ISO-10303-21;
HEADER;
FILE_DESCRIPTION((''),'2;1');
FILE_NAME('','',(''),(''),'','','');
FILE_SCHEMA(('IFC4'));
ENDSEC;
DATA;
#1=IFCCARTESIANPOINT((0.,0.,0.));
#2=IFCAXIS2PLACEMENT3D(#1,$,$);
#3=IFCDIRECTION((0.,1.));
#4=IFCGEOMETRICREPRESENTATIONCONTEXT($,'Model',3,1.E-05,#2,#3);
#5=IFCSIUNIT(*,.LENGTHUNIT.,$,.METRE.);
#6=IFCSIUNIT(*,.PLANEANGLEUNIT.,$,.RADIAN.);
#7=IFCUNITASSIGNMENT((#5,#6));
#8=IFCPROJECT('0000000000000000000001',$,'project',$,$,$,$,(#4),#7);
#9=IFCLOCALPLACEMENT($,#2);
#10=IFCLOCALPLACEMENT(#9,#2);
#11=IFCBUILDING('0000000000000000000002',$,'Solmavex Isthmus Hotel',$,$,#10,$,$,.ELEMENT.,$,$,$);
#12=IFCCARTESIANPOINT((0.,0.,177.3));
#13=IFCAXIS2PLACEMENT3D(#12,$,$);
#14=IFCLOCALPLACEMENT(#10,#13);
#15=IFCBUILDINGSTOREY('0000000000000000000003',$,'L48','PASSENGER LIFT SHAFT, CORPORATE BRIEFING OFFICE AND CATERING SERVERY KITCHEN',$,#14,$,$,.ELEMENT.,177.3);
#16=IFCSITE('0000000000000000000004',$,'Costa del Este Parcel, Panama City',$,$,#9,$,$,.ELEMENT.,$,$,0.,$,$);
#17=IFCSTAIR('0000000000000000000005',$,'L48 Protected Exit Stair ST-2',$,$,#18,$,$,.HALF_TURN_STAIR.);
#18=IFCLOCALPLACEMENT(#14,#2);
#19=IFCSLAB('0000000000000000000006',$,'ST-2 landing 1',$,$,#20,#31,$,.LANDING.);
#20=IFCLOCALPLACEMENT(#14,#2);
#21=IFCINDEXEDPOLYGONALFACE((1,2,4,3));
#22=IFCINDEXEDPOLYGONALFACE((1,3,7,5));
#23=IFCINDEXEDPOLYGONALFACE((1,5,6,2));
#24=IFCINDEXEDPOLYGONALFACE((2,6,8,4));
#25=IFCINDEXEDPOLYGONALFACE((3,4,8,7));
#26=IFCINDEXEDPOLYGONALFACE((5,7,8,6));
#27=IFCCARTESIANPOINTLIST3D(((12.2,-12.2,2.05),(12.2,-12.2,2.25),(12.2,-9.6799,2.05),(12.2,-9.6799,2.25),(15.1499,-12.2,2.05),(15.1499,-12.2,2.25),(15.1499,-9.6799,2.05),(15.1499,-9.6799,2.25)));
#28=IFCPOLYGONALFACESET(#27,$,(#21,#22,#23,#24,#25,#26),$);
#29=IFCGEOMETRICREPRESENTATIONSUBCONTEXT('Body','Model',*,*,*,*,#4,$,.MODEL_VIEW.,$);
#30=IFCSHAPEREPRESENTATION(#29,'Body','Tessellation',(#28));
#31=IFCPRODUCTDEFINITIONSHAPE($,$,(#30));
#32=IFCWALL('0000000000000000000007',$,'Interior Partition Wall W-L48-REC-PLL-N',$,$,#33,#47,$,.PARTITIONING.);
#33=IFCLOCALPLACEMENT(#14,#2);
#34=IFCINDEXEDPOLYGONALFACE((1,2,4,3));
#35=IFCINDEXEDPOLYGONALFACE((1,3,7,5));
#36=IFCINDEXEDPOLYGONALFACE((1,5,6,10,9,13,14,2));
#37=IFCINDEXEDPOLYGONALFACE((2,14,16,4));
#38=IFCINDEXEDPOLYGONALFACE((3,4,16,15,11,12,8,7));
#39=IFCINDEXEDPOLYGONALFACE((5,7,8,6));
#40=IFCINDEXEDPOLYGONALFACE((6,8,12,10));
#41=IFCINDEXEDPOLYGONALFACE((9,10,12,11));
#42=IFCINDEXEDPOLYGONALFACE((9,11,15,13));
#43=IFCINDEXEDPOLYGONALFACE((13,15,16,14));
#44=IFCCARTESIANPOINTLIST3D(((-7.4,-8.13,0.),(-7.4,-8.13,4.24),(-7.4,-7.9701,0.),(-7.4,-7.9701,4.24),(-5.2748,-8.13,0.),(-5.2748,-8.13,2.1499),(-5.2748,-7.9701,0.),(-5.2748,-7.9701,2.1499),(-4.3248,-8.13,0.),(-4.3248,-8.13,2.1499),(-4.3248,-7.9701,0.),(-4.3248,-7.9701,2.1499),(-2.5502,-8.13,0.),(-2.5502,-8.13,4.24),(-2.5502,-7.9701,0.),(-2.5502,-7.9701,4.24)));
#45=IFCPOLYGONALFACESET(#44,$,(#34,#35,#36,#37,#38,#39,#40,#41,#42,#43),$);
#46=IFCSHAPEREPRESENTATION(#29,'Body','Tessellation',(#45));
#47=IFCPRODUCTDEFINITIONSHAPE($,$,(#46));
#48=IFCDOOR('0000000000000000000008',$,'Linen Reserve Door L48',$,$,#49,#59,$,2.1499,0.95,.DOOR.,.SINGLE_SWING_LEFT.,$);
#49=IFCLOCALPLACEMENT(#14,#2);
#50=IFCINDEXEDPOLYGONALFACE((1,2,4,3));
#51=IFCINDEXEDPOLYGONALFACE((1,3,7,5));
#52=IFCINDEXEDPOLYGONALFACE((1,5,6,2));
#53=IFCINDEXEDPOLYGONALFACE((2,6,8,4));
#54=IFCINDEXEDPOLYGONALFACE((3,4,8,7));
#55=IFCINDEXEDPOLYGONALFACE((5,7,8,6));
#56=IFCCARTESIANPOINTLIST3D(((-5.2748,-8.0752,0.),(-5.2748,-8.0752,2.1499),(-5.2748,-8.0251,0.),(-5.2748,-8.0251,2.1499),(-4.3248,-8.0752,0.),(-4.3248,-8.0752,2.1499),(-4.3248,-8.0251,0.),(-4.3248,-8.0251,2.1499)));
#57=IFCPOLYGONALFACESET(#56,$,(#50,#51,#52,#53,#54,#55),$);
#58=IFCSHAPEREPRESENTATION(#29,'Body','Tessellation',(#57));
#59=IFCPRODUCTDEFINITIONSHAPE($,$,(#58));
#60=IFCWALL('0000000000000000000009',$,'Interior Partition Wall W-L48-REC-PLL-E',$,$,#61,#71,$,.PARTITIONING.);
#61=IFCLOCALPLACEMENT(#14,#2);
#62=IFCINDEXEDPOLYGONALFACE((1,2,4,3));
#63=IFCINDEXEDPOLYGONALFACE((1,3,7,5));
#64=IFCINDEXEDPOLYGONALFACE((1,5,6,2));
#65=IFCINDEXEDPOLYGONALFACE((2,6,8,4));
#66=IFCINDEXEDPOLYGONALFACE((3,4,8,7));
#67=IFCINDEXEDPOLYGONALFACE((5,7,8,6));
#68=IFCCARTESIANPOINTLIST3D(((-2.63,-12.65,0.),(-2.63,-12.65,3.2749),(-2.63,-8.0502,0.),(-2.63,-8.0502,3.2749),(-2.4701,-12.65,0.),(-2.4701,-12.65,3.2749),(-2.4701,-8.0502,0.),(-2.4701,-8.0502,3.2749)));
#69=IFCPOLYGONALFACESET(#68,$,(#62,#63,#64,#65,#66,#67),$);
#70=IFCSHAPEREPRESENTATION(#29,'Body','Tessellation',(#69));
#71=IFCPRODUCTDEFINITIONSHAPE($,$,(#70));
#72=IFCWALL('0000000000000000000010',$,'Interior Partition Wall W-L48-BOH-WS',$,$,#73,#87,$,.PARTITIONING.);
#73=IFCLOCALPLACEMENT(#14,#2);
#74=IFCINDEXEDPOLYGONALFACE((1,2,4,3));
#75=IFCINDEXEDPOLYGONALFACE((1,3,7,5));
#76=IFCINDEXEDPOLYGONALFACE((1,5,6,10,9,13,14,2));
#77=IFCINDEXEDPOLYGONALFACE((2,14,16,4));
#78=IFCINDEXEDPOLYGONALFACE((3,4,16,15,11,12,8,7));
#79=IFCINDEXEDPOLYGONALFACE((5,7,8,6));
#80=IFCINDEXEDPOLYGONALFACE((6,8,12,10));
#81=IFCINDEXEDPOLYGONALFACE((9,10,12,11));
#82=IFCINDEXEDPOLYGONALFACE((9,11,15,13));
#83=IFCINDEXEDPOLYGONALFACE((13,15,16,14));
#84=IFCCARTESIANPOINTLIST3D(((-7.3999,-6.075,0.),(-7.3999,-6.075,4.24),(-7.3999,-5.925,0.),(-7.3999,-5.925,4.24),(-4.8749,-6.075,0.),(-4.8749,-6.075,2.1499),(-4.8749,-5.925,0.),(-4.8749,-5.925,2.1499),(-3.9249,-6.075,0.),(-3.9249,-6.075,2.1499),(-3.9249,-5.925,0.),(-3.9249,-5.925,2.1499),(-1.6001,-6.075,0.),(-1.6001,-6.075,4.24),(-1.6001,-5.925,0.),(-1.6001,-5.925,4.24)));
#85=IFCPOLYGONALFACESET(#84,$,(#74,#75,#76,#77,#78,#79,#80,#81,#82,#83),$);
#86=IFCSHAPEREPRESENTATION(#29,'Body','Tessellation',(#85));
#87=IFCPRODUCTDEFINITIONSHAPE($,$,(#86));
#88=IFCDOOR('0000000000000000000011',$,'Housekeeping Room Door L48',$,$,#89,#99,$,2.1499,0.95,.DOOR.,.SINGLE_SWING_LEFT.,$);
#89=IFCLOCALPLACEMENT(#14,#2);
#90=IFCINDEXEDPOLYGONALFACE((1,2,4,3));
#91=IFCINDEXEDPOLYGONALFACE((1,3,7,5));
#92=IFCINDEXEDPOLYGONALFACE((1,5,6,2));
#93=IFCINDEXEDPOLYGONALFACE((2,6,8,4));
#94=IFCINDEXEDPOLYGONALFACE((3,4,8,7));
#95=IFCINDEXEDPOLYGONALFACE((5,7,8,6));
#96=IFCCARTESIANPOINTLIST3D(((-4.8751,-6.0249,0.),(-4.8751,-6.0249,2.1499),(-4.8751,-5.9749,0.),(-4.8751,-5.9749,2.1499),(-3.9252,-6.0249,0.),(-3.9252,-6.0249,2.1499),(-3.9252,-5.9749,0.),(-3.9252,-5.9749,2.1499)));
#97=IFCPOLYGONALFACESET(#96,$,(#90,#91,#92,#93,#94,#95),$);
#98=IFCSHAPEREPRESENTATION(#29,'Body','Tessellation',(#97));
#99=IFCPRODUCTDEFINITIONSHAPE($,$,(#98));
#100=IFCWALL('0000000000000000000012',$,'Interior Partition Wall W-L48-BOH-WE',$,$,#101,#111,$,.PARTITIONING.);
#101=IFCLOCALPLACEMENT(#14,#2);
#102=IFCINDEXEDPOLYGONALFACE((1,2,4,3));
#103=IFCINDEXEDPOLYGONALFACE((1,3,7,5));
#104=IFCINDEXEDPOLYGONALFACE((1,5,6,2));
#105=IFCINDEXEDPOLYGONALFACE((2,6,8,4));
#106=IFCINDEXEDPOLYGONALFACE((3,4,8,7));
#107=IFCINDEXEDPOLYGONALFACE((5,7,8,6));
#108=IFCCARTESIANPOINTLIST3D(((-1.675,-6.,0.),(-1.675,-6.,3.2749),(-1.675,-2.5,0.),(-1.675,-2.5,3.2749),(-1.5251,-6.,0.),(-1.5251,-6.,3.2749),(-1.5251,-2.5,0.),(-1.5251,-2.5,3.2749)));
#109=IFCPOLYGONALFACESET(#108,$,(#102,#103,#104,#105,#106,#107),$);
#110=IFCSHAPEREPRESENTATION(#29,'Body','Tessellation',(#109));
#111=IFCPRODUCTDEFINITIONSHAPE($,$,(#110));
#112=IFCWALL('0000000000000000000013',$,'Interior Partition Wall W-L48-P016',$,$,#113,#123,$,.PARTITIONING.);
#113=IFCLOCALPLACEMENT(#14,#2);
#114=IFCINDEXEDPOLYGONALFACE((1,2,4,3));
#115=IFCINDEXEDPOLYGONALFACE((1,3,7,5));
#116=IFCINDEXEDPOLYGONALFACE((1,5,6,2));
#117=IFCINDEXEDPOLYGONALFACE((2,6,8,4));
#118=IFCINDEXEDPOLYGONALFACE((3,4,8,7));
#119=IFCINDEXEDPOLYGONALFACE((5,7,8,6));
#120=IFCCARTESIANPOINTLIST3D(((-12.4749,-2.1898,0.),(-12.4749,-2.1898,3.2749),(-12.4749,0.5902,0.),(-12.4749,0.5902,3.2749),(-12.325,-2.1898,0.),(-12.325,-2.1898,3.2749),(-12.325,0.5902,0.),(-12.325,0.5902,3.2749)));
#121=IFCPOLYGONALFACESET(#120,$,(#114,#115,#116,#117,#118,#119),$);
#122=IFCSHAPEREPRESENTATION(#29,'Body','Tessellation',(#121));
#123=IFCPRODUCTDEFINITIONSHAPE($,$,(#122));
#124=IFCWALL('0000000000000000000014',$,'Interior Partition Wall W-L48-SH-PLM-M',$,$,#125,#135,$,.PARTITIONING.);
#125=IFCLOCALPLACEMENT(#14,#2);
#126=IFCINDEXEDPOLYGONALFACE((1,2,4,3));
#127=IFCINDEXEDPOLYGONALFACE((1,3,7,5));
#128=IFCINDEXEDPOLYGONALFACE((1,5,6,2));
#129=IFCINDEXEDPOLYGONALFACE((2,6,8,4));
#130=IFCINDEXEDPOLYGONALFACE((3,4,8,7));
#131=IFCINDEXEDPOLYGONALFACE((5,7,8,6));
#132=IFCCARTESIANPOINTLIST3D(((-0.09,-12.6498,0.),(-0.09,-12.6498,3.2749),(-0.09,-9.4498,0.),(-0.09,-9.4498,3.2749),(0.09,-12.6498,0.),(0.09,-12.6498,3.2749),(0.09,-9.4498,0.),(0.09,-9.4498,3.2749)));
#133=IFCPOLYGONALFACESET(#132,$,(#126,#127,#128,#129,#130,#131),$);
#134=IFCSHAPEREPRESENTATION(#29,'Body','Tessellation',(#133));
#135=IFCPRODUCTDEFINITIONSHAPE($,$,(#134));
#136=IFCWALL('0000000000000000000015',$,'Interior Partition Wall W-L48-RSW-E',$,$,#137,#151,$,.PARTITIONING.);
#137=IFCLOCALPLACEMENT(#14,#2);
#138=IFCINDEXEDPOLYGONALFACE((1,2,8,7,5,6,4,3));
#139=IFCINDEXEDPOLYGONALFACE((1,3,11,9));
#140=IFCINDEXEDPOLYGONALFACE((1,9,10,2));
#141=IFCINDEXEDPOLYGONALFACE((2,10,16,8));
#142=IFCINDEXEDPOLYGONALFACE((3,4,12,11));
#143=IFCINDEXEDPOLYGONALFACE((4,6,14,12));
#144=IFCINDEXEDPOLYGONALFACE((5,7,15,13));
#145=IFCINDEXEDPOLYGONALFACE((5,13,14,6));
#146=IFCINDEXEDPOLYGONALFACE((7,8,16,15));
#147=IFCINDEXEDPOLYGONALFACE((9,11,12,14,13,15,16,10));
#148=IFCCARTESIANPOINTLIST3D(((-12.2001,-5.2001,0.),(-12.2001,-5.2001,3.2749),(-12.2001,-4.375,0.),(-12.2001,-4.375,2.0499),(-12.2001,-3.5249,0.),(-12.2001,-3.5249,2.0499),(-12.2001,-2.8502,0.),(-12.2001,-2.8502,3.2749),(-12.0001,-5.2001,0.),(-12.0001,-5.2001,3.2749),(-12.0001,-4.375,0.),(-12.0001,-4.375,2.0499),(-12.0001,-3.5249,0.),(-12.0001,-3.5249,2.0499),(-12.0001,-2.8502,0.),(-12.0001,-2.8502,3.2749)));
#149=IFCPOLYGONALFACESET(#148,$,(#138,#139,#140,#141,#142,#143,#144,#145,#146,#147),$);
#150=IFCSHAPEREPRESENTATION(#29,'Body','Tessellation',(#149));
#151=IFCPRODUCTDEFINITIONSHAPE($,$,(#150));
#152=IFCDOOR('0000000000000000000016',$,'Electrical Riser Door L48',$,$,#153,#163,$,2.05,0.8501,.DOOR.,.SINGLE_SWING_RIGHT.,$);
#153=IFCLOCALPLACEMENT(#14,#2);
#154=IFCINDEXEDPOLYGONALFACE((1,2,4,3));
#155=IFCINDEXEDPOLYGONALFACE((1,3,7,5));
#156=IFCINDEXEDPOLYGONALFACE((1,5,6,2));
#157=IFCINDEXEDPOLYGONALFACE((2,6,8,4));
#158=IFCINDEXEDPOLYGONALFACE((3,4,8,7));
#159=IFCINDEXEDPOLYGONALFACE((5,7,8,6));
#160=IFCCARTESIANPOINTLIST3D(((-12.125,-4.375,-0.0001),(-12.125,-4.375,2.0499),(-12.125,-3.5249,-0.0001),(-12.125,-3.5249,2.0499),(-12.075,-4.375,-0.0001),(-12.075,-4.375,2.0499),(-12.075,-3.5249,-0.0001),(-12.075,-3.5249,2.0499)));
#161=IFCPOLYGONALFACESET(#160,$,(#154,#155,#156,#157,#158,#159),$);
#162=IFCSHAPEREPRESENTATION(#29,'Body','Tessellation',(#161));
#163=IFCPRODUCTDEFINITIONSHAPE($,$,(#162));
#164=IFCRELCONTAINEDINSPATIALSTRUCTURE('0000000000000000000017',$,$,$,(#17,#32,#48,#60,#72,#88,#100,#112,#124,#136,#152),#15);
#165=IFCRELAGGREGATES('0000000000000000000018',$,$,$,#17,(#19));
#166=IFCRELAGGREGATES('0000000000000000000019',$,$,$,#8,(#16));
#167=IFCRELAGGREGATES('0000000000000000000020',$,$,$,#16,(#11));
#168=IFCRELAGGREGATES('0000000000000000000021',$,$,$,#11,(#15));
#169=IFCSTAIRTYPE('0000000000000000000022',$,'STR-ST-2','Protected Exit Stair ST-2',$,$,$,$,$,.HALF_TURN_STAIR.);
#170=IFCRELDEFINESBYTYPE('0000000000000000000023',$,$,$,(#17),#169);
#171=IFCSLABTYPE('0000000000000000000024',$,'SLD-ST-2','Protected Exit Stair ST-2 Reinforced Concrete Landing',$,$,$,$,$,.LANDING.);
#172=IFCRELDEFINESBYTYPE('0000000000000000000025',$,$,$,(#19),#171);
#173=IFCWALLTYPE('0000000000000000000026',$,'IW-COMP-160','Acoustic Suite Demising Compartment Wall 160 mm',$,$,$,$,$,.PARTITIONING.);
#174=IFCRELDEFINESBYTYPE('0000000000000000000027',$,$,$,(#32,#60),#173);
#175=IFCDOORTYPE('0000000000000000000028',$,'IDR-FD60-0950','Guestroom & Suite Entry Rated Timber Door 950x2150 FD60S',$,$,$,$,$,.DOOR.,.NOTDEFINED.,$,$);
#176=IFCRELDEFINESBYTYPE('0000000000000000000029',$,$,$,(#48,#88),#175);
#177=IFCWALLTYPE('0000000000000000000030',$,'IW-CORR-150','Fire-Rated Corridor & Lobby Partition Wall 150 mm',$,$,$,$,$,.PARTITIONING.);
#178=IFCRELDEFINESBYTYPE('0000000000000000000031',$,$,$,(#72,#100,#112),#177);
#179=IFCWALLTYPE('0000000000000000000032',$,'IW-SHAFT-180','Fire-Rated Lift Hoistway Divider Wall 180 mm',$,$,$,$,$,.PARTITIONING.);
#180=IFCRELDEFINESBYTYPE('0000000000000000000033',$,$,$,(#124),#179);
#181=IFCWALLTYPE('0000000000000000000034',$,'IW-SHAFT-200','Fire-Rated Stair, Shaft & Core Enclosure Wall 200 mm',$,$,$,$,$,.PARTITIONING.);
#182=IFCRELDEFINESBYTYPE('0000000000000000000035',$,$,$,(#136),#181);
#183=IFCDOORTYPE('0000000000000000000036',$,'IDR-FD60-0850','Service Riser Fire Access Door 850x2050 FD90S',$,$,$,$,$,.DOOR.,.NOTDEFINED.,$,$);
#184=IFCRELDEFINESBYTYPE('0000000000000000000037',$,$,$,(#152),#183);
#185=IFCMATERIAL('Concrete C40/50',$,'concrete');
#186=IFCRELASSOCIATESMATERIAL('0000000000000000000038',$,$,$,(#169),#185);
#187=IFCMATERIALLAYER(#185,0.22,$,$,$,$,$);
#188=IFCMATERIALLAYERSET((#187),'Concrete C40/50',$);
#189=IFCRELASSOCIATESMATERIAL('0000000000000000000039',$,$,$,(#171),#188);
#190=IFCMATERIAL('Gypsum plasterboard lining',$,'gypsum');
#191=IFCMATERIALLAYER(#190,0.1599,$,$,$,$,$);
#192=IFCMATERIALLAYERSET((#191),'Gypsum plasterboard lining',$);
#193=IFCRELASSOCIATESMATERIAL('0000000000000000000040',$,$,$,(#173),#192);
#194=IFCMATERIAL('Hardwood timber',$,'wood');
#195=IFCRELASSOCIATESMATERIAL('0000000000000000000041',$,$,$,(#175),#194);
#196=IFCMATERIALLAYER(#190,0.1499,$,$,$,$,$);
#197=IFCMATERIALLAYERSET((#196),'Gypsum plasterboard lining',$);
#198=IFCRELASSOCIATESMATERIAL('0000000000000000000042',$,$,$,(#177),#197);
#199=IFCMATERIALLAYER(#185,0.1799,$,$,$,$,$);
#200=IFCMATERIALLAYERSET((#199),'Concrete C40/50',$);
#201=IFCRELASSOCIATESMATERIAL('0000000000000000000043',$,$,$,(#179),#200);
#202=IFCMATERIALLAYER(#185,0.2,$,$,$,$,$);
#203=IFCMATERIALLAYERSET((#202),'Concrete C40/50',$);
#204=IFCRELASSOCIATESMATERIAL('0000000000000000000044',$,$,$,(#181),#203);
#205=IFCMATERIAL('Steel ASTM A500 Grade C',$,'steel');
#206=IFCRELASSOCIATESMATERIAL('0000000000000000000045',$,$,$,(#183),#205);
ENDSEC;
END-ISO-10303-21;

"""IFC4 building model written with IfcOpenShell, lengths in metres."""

from ifc_helpers import new_model, si_unit, direction, frame, frame_2d, origin, place, context, subcontext, project, spatial, polyline, rectangle, outline, extrude, material, layer, layer_set, type_object, element, fill, aggregate, save


model = new_model("IFC4")

# Units and contexts
model_context = context("Model", 3, precision=1e-05, world=origin(), true_north=direction((0.0, 1.0)))
body_context = subcontext(model_context, "Body", "Model", "MODEL_VIEW")
ifc_project = project(units=[si_unit("LENGTHUNIT", "METRE"), si_unit("PLANEANGLEUNIT", "RADIAN")], contexts=[model_context])

# Site, building, storey
site_placement = place(None, origin())
site = spatial("IfcSite", under=ifc_project, at=site_placement, Name="Costa del Este Parcel, Panama City", CompositionType="ELEMENT", RefElevation=0.0)
building_placement = place(site_placement, origin())
building = spatial("IfcBuilding", under=site, at=building_placement, Name="Solmavex Isthmus Hotel", CompositionType="ELEMENT")
storey_placement = place(building_placement, frame((0.0, 0.0, 177.3)))
storey = spatial("IfcBuildingStorey", under=building, at=storey_placement, Name="L48", Description="PASSENGER LIFT SHAFT, CORPORATE BRIEFING OFFICE AND CATERING SERVERY KITCHEN", CompositionType="ELEMENT", Elevation=177.3)

# Shared definitions
ifc_material_1 = material(Name="Concrete C40/50", Category="concrete")

# Stair, slab
stair_type_1 = type_object("IfcStairType", Name="STR-ST-2", Description="Protected Exit Stair ST-2", PredefinedType="HALF_TURN_STAIR", material=ifc_material_1)
stair_1_placement = place(storey_placement, origin())
stair_1 = element("IfcStair", 1, at=stair_1_placement, inside=storey, type_object=stair_type_1, Name="L48 Protected Exit Stair ST-2", PredefinedType="HALF_TURN_STAIR")
ifc_layer_1 = layer(ifc_material_1, 0.22)
ifc_layer_set_1 = layer_set([ifc_layer_1], Name="Concrete C40/50")
slab_type_1 = type_object("IfcSlabType", Name="SLD-ST-2", Description="Protected Exit Stair ST-2 Reinforced Concrete Landing", PredefinedType="LANDING", material=ifc_layer_set_1)
slab_1_placement = place(storey_placement, frame((0.0, 0.0, 2.05)))
slab_1 = element("IfcSlab", 2, at=slab_1_placement, type_object=slab_type_1, Name="ST-2 landing 1", PredefinedType="LANDING", context=body_context, shape_type="SweptSolid", body=[
    extrude(outline(polyline([(12.2, -9.6799), (12.2, -12.2), (15.1499, -12.2), (15.1499, -9.6799), (12.2, -9.6799)])), origin(), (0.0, 0.0, 1.0), 0.2),
])
aggregate(stair_1, [slab_1])

# Wall, opening, door
ifc_material_2 = material(Name="Gypsum plasterboard lining", Category="gypsum")
ifc_layer_2 = layer(ifc_material_2, 0.1599)
ifc_layer_set_2 = layer_set([ifc_layer_2], Name="Gypsum plasterboard lining")
wall_type_1 = type_object("IfcWallType", Name="IW-COMP-160", Description="Acoustic Suite Demising Compartment Wall 160 mm", PredefinedType="PARTITIONING", material=ifc_layer_set_2)
wall_1_placement = place(storey_placement, frame((-7.3999, -8.05, 0.0), z_axis=(0.0, 0.0, 1.0), x_axis=(1.0, 0.0, 0.0)))
wall_1 = element("IfcWall", 3, at=wall_1_placement, inside=storey, type_object=wall_type_1, Name="Interior Partition Wall W-L48-REC-PLL-N", PredefinedType="PARTITIONING", context=body_context, shape_type="SweptSolid", body=[
    extrude(rectangle(XDim=4.8499, YDim=0.1599, at=frame_2d((2.4248, 0.0))), origin(), (0.0, 0.0, 1.0), 4.24),
])
opening_1_placement = place(wall_1_placement, frame((2.125, 0.0, 0.0)))
opening_1 = element("IfcOpeningElement", 4, at=opening_1_placement, cuts=wall_1, PredefinedType="OPENING", context=body_context, shape_type="SweptSolid", body=[
    extrude(rectangle(XDim=0.95, YDim=2.1499, at=frame_2d((0.4751, 1.075))), frame((0.0, 0.0898, 0.0), z_axis=(0.0, -1.0, 0.0), x_axis=(1.0, 0.0, 0.0)), (0.0, 0.0, 1.0), 0.1799),
])
ifc_material_3 = material(Name="Hardwood timber", Category="wood")
door_type_1 = type_object("IfcDoorType", Name="IDR-FD60-0950", Description="Guestroom & Suite Entry Rated Timber Door 950x2150 FD60S", OperationType="NOTDEFINED", PredefinedType="DOOR", material=ifc_material_3)
door_1_placement = place(opening_1_placement, origin())
door_1 = element("IfcDoor", 5, at=door_1_placement, inside=storey, type_object=door_type_1, Name="Linen Reserve Door L48", OperationType="SINGLE_SWING_LEFT", OverallHeight=2.1499, OverallWidth=0.95, PredefinedType="DOOR", context=body_context, shape_type="SweptSolid", body=[
    extrude(rectangle(XDim=0.95, YDim=2.1499, at=frame_2d((0.4751, 1.075))), frame((0.0, 0.0249, 0.0), z_axis=(0.0, -1.0, 0.0), x_axis=(1.0, 0.0, 0.0)), (0.0, 0.0, 1.0), 0.05),
])
fill(opening_1, door_1)

# Wall
wall_2_placement = place(storey_placement, frame((-2.55, -12.6499, 0.0), z_axis=(0.0, 0.0, 1.0), x_axis=(0.0, 1.0, 0.0)))
element("IfcWall", 6, at=wall_2_placement, inside=storey, type_object=wall_type_1, Name="Interior Partition Wall W-L48-REC-PLL-E", PredefinedType="PARTITIONING", context=body_context, shape_type="SweptSolid", body=[
    extrude(rectangle(XDim=4.5999, YDim=0.1599, at=frame_2d((2.2998, 0.0))), origin(), (0.0, 0.0, 1.0), 3.2749),
])

# Wall, opening, door
ifc_layer_3 = layer(ifc_material_2, 0.1499)
ifc_layer_set_3 = layer_set([ifc_layer_3], Name="Gypsum plasterboard lining")
wall_type_2 = type_object("IfcWallType", Name="IW-CORR-150", Description="Fire-Rated Corridor & Lobby Partition Wall 150 mm", PredefinedType="PARTITIONING", material=ifc_layer_set_3)
wall_3_placement = place(storey_placement, frame((-7.3999, -6.0, 0.0), z_axis=(0.0, 0.0, 1.0), x_axis=(1.0, 0.0, 0.0)))
wall_3 = element("IfcWall", 7, at=wall_3_placement, inside=storey, type_object=wall_type_2, Name="Interior Partition Wall W-L48-BOH-WS", PredefinedType="PARTITIONING", context=body_context, shape_type="SweptSolid", body=[
    extrude(rectangle(XDim=5.7998, YDim=0.1499, at=frame_2d((2.8999, 0.0))), origin(), (0.0, 0.0, 1.0), 4.24),
])
opening_2_placement = place(wall_3_placement, frame((2.5249, 0.0, 0.0)))
opening_2 = element("IfcOpeningElement", 8, at=opening_2_placement, cuts=wall_3, PredefinedType="OPENING", context=body_context, shape_type="SweptSolid", body=[
    extrude(rectangle(XDim=0.95, YDim=2.1499, at=frame_2d((0.4751, 1.075))), frame((0.0, 0.085, 0.0), z_axis=(0.0, -1.0, 0.0), x_axis=(1.0, 0.0, 0.0)), (0.0, 0.0, 1.0), 0.1699),
])
door_2_placement = place(opening_2_placement, frame((0.95, 0.0, 0.0), z_axis=(0.0, 0.0, 1.0), x_axis=(-1.0, 0.0, 0.0)))
door_2 = element("IfcDoor", 9, at=door_2_placement, inside=storey, type_object=door_type_1, Name="Housekeeping Room Door L48", OperationType="SINGLE_SWING_LEFT", OverallHeight=2.1499, OverallWidth=0.95, PredefinedType="DOOR", context=body_context, shape_type="SweptSolid", body=[
    extrude(rectangle(XDim=0.95, YDim=2.1499, at=frame_2d((0.4751, 1.075))), frame((0.0, 0.0249, 0.0), z_axis=(0.0, -1.0, 0.0), x_axis=(1.0, 0.0, 0.0)), (0.0, 0.0, 1.0), 0.05),
])
fill(opening_2, door_2)

# Walls
wall_4_placement = place(storey_placement, frame((-1.6001, -6.0, 0.0), z_axis=(0.0, 0.0, 1.0), x_axis=(0.0, 1.0, 0.0)))
element("IfcWall", 10, at=wall_4_placement, inside=storey, type_object=wall_type_2, Name="Interior Partition Wall W-L48-BOH-WE", PredefinedType="PARTITIONING", context=body_context, shape_type="SweptSolid", body=[
    extrude(rectangle(XDim=3.5, YDim=0.1499, at=frame_2d((1.75, 0.0))), origin(), (0.0, 0.0, 1.0), 3.2749),
])
wall_5_placement = place(storey_placement, frame((-12.3999, -2.1899, 0.0), z_axis=(0.0, 0.0, 1.0), x_axis=(0.0, 1.0, 0.0)))
element("IfcWall", 11, at=wall_5_placement, inside=storey, type_object=wall_type_2, Name="Interior Partition Wall W-L48-P016", PredefinedType="PARTITIONING", context=body_context, shape_type="SweptSolid", body=[
    extrude(rectangle(XDim=2.78, YDim=0.1499, at=frame_2d((1.3901, 0.0))), origin(), (0.0, 0.0, 1.0), 3.2749),
])
ifc_layer_4 = layer(ifc_material_1, 0.1799)
ifc_layer_set_4 = layer_set([ifc_layer_4], Name="Concrete C40/50")
wall_type_3 = type_object("IfcWallType", Name="IW-SHAFT-180", Description="Fire-Rated Lift Hoistway Divider Wall 180 mm", PredefinedType="PARTITIONING", material=ifc_layer_set_4)
wall_6_placement = place(storey_placement, frame((0.0, -12.6499, 0.0), z_axis=(0.0, 0.0, 1.0), x_axis=(0.0, 1.0, 0.0)))
element("IfcWall", 12, at=wall_6_placement, inside=storey, type_object=wall_type_3, Name="Interior Partition Wall W-L48-SH-PLM-M", PredefinedType="PARTITIONING", context=body_context, shape_type="SweptSolid", body=[
    extrude(rectangle(XDim=3.2, YDim=0.1799, at=frame_2d((1.6001, 0.0))), origin(), (0.0, 0.0, 1.0), 3.2749),
])

# Wall, opening, door
ifc_layer_5 = layer(ifc_material_1, 0.2)
ifc_layer_set_5 = layer_set([ifc_layer_5], Name="Concrete C40/50")
wall_type_4 = type_object("IfcWallType", Name="IW-SHAFT-200", Description="Fire-Rated Stair, Shaft & Core Enclosure Wall 200 mm", PredefinedType="PARTITIONING", material=ifc_layer_set_5)
wall_7_placement = place(storey_placement, frame((-12.1001, -5.2, 0.0), z_axis=(0.0, 0.0, 1.0), x_axis=(0.0, 1.0, 0.0)))
wall_7 = element("IfcWall", 13, at=wall_7_placement, inside=storey, type_object=wall_type_4, Name="Interior Partition Wall W-L48-RSW-E", PredefinedType="PARTITIONING", context=body_context, shape_type="SweptSolid", body=[
    extrude(rectangle(XDim=2.3499, YDim=0.2, at=frame_2d((1.1748, 0.0))), origin(), (0.0, 0.0, 1.0), 3.2749),
])
opening_3_placement = place(wall_7_placement, frame((0.825, 0.0, 0.0)))
opening_3 = element("IfcOpeningElement", 14, at=opening_3_placement, cuts=wall_7, PredefinedType="OPENING", context=body_context, shape_type="SweptSolid", body=[
    extrude(rectangle(XDim=0.8501, YDim=2.05, at=frame_2d((0.425, 1.0249))), frame((0.0, 0.1099, 0.0), z_axis=(0.0, -1.0, 0.0), x_axis=(1.0, 0.0, 0.0)), (0.0, 0.0, 1.0), 0.22),
])
ifc_material_4 = material(Name="Steel ASTM A500 Grade C", Category="steel")
door_type_2 = type_object("IfcDoorType", Name="IDR-FD60-0850", Description="Service Riser Fire Access Door 850x2050 FD90S", OperationType="NOTDEFINED", PredefinedType="DOOR", material=ifc_material_4)
door_3_placement = place(opening_3_placement, origin())
door_3 = element("IfcDoor", 15, at=door_3_placement, inside=storey, type_object=door_type_2, Name="Electrical Riser Door L48", OperationType="SINGLE_SWING_RIGHT", OverallHeight=2.05, OverallWidth=0.8501, PredefinedType="DOOR", context=body_context, shape_type="SweptSolid", body=[
    extrude(rectangle(XDim=0.8501, YDim=2.05, at=frame_2d((0.425, 1.0249))), frame((0.0, 0.0249, 0.0), z_axis=(0.0, -1.0, 0.0), x_axis=(1.0, 0.0, 0.0)), (0.0, 0.0, 1.0), 0.05),
])
fill(opening_3, door_3)

save(model, "model.ifc")
